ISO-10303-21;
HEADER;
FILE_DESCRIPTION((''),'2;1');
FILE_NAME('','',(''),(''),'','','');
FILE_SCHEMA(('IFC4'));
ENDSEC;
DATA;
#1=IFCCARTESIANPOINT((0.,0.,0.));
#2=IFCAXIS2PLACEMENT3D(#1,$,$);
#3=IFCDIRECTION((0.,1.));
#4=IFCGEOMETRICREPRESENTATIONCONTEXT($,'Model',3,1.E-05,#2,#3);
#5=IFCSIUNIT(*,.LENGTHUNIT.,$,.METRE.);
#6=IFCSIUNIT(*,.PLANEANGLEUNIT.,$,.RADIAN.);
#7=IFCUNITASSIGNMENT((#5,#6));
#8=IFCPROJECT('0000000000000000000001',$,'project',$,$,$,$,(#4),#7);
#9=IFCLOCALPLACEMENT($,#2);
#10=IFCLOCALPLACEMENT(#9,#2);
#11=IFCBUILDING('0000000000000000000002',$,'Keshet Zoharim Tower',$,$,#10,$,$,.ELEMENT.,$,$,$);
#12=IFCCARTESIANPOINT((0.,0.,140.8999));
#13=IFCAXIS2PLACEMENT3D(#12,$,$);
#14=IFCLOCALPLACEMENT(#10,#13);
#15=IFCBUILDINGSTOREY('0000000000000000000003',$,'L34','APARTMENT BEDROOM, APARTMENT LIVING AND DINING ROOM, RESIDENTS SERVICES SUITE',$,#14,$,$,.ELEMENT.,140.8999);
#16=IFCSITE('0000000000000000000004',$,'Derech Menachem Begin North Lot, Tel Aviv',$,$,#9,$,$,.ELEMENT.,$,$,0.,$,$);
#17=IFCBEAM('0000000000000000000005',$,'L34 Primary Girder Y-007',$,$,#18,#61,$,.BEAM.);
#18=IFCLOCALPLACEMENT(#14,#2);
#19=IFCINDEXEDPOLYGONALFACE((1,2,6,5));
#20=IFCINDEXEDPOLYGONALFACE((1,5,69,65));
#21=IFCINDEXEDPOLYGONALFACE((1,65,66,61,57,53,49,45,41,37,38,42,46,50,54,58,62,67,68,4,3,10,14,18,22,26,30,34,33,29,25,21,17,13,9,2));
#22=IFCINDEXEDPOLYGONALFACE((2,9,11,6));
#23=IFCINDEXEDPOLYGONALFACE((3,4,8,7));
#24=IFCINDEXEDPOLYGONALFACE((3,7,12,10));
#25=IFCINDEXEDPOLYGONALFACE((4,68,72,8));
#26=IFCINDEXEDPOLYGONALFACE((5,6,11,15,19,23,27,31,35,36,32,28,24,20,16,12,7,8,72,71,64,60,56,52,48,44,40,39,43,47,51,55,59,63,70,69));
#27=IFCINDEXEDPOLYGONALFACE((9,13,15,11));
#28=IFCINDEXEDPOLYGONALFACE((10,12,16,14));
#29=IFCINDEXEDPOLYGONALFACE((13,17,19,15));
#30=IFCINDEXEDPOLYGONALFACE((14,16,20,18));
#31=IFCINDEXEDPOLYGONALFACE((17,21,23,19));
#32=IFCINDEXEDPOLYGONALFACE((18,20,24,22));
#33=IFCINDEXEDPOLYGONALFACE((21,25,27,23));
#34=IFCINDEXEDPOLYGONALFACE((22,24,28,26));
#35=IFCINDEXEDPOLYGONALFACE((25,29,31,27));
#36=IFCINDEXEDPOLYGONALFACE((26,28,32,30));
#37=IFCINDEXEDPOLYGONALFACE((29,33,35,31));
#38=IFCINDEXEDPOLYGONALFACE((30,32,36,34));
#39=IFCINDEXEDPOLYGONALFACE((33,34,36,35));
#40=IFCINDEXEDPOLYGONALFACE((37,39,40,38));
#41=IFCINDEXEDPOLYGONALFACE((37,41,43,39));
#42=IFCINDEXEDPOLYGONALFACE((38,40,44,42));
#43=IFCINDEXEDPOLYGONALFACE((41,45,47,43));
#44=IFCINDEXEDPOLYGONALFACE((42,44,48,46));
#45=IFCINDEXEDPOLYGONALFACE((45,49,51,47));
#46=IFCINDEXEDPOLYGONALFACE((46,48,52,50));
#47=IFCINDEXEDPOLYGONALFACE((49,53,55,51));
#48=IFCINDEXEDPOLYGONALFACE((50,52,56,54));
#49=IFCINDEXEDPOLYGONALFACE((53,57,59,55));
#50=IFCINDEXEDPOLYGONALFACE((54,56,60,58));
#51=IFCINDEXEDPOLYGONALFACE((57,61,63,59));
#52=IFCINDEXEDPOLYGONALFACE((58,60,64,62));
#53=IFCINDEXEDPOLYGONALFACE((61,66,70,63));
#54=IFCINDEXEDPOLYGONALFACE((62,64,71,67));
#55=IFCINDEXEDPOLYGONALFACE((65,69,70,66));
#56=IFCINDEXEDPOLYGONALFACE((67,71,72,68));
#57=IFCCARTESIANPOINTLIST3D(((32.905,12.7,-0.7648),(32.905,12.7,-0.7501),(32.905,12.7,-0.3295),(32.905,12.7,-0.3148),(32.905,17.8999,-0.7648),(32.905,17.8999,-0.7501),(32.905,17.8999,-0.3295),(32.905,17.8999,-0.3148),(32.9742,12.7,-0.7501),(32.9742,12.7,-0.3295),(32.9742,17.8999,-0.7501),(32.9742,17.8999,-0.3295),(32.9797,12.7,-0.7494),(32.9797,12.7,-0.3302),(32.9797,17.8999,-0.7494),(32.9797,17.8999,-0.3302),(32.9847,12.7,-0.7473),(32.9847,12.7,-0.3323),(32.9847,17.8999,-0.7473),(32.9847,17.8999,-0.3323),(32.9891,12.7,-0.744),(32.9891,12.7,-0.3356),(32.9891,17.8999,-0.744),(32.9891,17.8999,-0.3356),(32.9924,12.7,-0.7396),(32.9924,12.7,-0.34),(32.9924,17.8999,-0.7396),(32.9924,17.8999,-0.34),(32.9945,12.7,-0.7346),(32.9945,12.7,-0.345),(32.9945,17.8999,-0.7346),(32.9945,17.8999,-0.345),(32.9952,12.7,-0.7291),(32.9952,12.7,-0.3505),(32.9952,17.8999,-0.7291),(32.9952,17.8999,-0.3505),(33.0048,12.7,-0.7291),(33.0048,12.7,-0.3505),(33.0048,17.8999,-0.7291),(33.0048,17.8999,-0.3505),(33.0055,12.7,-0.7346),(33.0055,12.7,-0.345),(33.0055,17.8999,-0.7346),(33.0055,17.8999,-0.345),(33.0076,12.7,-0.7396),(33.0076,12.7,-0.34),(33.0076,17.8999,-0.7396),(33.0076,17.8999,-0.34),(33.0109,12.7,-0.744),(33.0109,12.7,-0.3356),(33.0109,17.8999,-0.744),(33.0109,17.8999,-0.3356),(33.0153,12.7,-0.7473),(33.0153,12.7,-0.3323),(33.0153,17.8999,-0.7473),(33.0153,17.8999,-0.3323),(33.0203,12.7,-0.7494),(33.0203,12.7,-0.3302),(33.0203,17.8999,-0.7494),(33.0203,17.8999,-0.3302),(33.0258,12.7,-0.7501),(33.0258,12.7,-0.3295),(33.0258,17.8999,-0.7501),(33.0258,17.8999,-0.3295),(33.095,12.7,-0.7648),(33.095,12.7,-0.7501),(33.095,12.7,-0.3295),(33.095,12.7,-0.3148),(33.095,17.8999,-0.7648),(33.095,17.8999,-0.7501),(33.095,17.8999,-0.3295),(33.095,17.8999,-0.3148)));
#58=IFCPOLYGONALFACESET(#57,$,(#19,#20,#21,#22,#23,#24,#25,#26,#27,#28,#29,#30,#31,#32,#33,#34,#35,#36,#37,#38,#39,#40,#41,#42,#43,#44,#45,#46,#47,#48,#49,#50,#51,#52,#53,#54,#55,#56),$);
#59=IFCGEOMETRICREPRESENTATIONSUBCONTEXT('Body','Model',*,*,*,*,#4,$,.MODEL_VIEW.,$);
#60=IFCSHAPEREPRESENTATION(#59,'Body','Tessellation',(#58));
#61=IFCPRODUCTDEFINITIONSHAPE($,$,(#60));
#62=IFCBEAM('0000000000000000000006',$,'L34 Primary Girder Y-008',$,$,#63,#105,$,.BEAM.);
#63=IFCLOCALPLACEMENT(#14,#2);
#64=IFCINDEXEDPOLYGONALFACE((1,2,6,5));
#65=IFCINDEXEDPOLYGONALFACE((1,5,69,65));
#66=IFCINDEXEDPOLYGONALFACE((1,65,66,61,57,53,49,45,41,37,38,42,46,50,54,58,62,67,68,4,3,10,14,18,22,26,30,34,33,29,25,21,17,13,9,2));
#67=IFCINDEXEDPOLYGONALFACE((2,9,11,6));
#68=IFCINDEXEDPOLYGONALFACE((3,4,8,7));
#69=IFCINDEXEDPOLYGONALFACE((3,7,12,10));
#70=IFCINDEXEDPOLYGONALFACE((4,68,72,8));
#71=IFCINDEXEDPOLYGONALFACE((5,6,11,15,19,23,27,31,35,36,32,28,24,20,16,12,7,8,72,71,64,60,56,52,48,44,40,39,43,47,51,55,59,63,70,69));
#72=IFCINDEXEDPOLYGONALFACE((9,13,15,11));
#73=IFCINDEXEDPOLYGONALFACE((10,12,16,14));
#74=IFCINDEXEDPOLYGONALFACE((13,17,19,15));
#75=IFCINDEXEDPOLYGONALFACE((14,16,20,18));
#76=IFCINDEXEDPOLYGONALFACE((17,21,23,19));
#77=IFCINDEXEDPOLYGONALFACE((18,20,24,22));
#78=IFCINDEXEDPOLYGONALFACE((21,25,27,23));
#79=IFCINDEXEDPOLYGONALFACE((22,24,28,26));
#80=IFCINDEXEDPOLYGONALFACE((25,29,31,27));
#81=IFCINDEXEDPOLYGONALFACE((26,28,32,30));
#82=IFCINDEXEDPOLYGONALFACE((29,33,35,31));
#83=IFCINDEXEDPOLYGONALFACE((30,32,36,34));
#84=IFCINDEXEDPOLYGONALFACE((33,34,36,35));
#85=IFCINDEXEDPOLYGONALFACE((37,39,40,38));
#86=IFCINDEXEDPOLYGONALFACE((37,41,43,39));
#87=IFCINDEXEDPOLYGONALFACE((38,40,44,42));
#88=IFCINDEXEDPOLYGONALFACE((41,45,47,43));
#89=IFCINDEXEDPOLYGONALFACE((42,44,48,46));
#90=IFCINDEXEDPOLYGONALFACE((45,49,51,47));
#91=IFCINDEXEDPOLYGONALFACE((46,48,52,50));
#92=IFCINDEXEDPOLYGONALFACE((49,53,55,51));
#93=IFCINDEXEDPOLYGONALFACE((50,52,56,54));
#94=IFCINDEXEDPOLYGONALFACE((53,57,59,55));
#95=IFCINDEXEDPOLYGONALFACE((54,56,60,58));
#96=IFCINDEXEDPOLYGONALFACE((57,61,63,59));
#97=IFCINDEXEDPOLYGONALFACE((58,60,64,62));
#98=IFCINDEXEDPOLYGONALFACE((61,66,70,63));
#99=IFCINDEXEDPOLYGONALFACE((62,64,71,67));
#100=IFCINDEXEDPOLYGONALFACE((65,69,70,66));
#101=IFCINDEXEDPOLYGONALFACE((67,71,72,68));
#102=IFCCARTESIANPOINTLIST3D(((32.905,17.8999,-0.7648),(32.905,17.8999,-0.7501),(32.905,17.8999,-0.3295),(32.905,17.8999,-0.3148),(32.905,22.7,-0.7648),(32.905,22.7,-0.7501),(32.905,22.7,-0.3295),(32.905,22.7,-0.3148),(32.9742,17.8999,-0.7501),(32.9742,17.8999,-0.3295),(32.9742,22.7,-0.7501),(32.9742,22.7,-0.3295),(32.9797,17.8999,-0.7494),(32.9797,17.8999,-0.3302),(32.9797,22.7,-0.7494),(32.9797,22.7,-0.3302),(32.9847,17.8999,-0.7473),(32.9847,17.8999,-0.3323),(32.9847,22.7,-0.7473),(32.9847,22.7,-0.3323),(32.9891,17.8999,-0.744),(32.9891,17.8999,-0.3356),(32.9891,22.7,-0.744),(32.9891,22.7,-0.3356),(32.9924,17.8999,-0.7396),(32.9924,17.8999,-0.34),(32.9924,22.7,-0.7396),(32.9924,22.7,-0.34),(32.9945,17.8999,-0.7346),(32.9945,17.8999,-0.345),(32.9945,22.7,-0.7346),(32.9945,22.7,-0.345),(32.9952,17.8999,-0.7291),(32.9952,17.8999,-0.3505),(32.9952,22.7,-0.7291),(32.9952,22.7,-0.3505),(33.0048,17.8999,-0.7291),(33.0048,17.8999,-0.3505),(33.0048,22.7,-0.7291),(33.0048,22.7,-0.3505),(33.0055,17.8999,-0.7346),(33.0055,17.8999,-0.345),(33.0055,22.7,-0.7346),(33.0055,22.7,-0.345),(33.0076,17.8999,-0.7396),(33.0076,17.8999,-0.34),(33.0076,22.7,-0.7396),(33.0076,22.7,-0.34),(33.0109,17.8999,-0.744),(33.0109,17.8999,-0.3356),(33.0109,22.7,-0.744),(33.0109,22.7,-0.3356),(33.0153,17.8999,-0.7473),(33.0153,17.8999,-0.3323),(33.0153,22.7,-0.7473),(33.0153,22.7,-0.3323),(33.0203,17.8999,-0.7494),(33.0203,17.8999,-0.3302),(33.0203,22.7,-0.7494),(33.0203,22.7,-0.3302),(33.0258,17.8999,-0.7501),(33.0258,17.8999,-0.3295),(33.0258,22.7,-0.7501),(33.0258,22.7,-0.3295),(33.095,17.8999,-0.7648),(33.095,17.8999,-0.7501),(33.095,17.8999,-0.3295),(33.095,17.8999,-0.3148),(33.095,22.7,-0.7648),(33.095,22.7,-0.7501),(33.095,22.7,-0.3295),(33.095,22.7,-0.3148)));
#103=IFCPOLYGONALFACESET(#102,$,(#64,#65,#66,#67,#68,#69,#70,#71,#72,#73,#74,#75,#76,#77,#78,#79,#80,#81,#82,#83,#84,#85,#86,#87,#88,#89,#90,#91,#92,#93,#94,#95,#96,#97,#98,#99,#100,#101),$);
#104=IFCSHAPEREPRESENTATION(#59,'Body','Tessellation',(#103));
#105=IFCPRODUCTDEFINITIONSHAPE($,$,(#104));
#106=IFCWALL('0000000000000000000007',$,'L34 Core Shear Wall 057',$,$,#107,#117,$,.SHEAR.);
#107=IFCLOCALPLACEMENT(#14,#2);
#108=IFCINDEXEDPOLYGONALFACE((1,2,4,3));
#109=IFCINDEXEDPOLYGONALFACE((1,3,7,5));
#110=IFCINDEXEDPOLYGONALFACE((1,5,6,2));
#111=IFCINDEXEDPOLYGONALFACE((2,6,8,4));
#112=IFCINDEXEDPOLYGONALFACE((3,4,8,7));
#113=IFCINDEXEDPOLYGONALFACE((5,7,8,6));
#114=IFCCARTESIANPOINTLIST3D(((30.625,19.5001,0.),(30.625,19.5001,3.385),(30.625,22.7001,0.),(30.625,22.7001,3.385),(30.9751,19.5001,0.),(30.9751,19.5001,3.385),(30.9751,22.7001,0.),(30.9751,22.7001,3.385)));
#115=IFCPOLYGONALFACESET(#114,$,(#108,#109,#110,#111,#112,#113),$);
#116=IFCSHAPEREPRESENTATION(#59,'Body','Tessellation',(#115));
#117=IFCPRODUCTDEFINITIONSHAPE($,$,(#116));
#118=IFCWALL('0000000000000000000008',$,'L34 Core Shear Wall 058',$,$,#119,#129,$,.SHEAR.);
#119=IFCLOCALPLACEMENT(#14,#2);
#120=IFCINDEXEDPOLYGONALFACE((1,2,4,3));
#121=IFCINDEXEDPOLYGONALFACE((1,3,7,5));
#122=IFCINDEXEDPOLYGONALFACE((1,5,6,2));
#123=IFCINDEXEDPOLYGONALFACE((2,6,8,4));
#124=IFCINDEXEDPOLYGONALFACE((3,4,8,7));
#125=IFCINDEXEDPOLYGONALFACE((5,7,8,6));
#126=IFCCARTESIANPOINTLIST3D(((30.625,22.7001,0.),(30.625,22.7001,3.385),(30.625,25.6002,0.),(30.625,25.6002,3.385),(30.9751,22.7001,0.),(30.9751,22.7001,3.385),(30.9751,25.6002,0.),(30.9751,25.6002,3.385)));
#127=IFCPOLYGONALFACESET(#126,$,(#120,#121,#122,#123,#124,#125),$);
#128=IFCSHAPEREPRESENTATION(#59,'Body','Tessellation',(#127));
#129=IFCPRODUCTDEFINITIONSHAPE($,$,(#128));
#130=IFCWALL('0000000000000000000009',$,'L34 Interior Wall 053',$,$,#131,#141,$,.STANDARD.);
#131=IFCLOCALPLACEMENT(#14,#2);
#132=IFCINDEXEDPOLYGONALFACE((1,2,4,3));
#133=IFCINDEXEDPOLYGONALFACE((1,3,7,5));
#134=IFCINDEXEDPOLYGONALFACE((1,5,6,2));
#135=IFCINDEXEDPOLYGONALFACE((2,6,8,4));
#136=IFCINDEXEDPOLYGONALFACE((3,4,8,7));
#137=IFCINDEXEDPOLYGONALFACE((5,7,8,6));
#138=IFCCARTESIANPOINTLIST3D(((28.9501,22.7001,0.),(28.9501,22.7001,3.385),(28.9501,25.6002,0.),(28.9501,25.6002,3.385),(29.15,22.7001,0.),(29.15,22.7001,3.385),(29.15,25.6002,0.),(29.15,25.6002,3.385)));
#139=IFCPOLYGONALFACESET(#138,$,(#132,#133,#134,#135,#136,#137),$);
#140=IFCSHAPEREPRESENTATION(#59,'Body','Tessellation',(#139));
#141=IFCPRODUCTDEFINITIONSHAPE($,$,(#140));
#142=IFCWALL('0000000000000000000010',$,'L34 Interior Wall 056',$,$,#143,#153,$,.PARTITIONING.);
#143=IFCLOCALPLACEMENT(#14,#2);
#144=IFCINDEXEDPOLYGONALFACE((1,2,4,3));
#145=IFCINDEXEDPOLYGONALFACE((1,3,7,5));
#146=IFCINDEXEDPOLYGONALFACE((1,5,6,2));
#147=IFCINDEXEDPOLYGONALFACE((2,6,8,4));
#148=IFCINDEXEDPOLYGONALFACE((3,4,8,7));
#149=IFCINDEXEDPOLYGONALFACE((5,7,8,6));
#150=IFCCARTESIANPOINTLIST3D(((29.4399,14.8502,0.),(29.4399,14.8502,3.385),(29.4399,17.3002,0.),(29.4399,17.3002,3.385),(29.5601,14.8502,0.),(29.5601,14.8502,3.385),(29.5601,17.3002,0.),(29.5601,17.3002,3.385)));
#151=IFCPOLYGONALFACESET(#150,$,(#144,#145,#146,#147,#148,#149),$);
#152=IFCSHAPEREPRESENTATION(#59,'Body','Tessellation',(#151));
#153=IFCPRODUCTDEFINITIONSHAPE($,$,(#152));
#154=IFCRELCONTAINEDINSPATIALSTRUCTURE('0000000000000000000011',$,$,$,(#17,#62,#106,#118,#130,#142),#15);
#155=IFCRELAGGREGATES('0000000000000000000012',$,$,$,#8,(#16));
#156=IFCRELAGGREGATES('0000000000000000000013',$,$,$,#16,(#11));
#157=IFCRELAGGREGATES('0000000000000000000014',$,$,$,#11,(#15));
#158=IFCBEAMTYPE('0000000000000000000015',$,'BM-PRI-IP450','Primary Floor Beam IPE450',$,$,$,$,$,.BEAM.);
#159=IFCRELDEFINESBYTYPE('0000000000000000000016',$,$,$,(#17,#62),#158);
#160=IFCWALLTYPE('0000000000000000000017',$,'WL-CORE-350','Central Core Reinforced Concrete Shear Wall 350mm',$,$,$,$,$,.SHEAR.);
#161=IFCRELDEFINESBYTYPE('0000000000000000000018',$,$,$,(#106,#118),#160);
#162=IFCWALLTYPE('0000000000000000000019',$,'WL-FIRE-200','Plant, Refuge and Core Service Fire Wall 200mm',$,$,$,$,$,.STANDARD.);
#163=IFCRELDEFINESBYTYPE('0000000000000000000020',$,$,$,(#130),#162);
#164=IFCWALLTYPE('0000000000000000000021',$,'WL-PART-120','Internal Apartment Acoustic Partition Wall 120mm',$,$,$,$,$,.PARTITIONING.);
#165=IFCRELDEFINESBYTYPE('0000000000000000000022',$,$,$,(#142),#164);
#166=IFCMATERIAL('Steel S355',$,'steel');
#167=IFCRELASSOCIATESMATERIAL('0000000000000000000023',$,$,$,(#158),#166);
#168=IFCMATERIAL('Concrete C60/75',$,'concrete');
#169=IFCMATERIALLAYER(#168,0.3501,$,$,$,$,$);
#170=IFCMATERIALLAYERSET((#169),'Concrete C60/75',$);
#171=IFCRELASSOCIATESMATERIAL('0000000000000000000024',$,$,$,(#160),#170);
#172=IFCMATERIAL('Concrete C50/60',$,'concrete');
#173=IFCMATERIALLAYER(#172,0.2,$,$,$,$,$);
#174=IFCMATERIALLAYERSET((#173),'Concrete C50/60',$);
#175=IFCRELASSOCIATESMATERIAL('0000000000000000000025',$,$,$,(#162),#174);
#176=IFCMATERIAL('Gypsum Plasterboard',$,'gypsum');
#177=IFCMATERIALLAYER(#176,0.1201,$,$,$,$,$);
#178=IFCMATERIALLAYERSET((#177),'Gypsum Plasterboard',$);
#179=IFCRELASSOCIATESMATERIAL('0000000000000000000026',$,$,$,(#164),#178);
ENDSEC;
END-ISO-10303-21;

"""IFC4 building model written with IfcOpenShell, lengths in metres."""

from ifc_helpers import new_model, si_unit, direction, frame, frame_2d, origin, origin_2d, place, context, subcontext, project, spatial, rectangle, i_section, extrude, material, layer, layer_set, material_profile, profile_set, type_object, element, save


model = new_model("IFC4")

# Units and contexts
model_context = context("Model", 3, precision=1e-05, world=origin(), true_north=direction((0.0, 1.0)))
body_context = subcontext(model_context, "Body", "Model", "MODEL_VIEW")
ifc_project = project(units=[si_unit("LENGTHUNIT", "METRE"), si_unit("PLANEANGLEUNIT", "RADIAN")], contexts=[model_context])

# Site, building, storey
site_placement = place(None, origin())
site = spatial("IfcSite", under=ifc_project, at=site_placement, Name="Derech Menachem Begin North Lot, Tel Aviv", CompositionType="ELEMENT", RefElevation=0.0)
building_placement = place(site_placement, origin())
building = spatial("IfcBuilding", under=site, at=building_placement, Name="Keshet Zoharim Tower", CompositionType="ELEMENT")
storey_placement = place(building_placement, frame((0.0, 0.0, 140.8999)))
storey = spatial("IfcBuildingStorey", under=building, at=storey_placement, Name="L34", Description="APARTMENT BEDROOM, APARTMENT LIVING AND DINING ROOM, RESIDENTS SERVICES SUITE", CompositionType="ELEMENT", Elevation=140.8999)

# Shared definitions
ifc_material_1 = material(Name="Concrete C60/75", Category="concrete")

# Beams
ifc_material_2 = material(Name="Steel S355", Category="steel")
ifc_material_profile_1 = material_profile(ifc_material_2, i_section(OverallWidth=0.1899, OverallDepth=0.45, WebThickness=0.0095, FlangeThickness=0.0146, FilletRadius=0.021, at=origin_2d()), Name="IPE450")
ifc_profile_set_1 = profile_set([ifc_material_profile_1], Name="Steel S355")
beam_type_1 = type_object("IfcBeamType", Name="BM-PRI-IP450", Description="Primary Floor Beam IPE450", PredefinedType="BEAM", material=ifc_profile_set_1)
beam_1_placement = place(storey_placement, frame((33.0, 12.7, -0.5398), z_axis=(0.0, 1.0, 0.0), x_axis=(-1.0, 0.0, 0.0)))
element("IfcBeam", 1, at=beam_1_placement, inside=storey, type_object=beam_type_1, Name="L34 Primary Girder Y-007", PredefinedType="BEAM", context=body_context, shape_type="SweptSolid", body=[
    extrude(i_section(OverallWidth=0.1899, OverallDepth=0.45, WebThickness=0.0095, FlangeThickness=0.0146, FilletRadius=0.021, at=origin_2d()), origin(), (0.0, 0.0, 1.0), 5.2),
])
beam_2_placement = place(storey_placement, frame((33.0, 17.8999, -0.5398), z_axis=(0.0, 1.0, 0.0), x_axis=(-1.0, 0.0, 0.0)))
element("IfcBeam", 2, at=beam_2_placement, inside=storey, type_object=beam_type_1, Name="L34 Primary Girder Y-008", PredefinedType="BEAM", context=body_context, shape_type="SweptSolid", body=[
    extrude(i_section(OverallWidth=0.1899, OverallDepth=0.45, WebThickness=0.0095, FlangeThickness=0.0146, FilletRadius=0.021, at=origin_2d()), origin(), (0.0, 0.0, 1.0), 4.8),
])

# Shared definitions
ifc_material_3 = material(Name="Gypsum Plasterboard", Category="gypsum")

# Walls
ifc_layer_1 = layer(ifc_material_1, 0.3501)
ifc_layer_set_1 = layer_set([ifc_layer_1], Name="Concrete C60/75")
wall_type_1 = type_object("IfcWallType", Name="WL-CORE-350", Description="Central Core Reinforced Concrete Shear Wall 350mm", PredefinedType="SHEAR", material=ifc_layer_set_1)
wall_1_placement = place(storey_placement, frame((30.8, 19.5, 0.0), z_axis=(0.0, 0.0, 1.0), x_axis=(0.0, 1.0, 0.0)))
element("IfcWall", 3, at=wall_1_placement, inside=storey, type_object=wall_type_1, Name="L34 Core Shear Wall 057", PredefinedType="SHEAR", context=body_context, shape_type="SweptSolid", body=[
    extrude(rectangle(XDim=3.2, YDim=0.3501, at=frame_2d((1.6001, 0.0))), origin(), (0.0, 0.0, 1.0), 3.385),
])
wall_2_placement = place(storey_placement, frame((30.8, 22.7, 0.0), z_axis=(0.0, 0.0, 1.0), x_axis=(0.0, 1.0, 0.0)))
element("IfcWall", 4, at=wall_2_placement, inside=storey, type_object=wall_type_1, Name="L34 Core Shear Wall 058", PredefinedType="SHEAR", context=body_context, shape_type="SweptSolid", body=[
    extrude(rectangle(XDim=2.9001, YDim=0.3501, at=frame_2d((1.4502, 0.0))), origin(), (0.0, 0.0, 1.0), 3.385),
])

# Walls
ifc_material_4 = material(Name="Concrete C50/60", Category="concrete")
ifc_layer_2 = layer(ifc_material_4, 0.2)
ifc_layer_set_2 = layer_set([ifc_layer_2], Name="Concrete C50/60")
wall_type_2 = type_object("IfcWallType", Name="WL-FIRE-200", Description="Plant, Refuge and Core Service Fire Wall 200mm", PredefinedType="STANDARD", material=ifc_layer_set_2)
wall_3_placement = place(storey_placement, frame((29.05, 22.7, 0.0), z_axis=(0.0, 0.0, 1.0), x_axis=(0.0, 1.0, 0.0)))
element("IfcWall", 5, at=wall_3_placement, inside=storey, type_object=wall_type_2, Name="L34 Interior Wall 053", PredefinedType="STANDARD", context=body_context, shape_type="SweptSolid", body=[
    extrude(rectangle(XDim=2.9001, YDim=0.2, at=frame_2d((1.4502, 0.0))), origin(), (0.0, 0.0, 1.0), 3.385),
])
ifc_layer_3 = layer(ifc_material_3, 0.1201)
ifc_layer_set_3 = layer_set([ifc_layer_3], Name="Gypsum Plasterboard")
wall_type_3 = type_object("IfcWallType", Name="WL-PART-120", Description="Internal Apartment Acoustic Partition Wall 120mm", PredefinedType="PARTITIONING", material=ifc_layer_set_3)
wall_4_placement = place(storey_placement, frame((29.5, 14.8501, 0.0), z_axis=(0.0, 0.0, 1.0), x_axis=(0.0, 1.0, 0.0)))
element("IfcWall", 6, at=wall_4_placement, inside=storey, type_object=wall_type_3, Name="L34 Interior Wall 056", PredefinedType="PARTITIONING", context=body_context, shape_type="SweptSolid", body=[
    extrude(rectangle(XDim=2.45, YDim=0.1201, at=frame_2d((1.2251, 0.0))), origin(), (0.0, 0.0, 1.0), 3.385),
])

save(model, "model.ifc")
